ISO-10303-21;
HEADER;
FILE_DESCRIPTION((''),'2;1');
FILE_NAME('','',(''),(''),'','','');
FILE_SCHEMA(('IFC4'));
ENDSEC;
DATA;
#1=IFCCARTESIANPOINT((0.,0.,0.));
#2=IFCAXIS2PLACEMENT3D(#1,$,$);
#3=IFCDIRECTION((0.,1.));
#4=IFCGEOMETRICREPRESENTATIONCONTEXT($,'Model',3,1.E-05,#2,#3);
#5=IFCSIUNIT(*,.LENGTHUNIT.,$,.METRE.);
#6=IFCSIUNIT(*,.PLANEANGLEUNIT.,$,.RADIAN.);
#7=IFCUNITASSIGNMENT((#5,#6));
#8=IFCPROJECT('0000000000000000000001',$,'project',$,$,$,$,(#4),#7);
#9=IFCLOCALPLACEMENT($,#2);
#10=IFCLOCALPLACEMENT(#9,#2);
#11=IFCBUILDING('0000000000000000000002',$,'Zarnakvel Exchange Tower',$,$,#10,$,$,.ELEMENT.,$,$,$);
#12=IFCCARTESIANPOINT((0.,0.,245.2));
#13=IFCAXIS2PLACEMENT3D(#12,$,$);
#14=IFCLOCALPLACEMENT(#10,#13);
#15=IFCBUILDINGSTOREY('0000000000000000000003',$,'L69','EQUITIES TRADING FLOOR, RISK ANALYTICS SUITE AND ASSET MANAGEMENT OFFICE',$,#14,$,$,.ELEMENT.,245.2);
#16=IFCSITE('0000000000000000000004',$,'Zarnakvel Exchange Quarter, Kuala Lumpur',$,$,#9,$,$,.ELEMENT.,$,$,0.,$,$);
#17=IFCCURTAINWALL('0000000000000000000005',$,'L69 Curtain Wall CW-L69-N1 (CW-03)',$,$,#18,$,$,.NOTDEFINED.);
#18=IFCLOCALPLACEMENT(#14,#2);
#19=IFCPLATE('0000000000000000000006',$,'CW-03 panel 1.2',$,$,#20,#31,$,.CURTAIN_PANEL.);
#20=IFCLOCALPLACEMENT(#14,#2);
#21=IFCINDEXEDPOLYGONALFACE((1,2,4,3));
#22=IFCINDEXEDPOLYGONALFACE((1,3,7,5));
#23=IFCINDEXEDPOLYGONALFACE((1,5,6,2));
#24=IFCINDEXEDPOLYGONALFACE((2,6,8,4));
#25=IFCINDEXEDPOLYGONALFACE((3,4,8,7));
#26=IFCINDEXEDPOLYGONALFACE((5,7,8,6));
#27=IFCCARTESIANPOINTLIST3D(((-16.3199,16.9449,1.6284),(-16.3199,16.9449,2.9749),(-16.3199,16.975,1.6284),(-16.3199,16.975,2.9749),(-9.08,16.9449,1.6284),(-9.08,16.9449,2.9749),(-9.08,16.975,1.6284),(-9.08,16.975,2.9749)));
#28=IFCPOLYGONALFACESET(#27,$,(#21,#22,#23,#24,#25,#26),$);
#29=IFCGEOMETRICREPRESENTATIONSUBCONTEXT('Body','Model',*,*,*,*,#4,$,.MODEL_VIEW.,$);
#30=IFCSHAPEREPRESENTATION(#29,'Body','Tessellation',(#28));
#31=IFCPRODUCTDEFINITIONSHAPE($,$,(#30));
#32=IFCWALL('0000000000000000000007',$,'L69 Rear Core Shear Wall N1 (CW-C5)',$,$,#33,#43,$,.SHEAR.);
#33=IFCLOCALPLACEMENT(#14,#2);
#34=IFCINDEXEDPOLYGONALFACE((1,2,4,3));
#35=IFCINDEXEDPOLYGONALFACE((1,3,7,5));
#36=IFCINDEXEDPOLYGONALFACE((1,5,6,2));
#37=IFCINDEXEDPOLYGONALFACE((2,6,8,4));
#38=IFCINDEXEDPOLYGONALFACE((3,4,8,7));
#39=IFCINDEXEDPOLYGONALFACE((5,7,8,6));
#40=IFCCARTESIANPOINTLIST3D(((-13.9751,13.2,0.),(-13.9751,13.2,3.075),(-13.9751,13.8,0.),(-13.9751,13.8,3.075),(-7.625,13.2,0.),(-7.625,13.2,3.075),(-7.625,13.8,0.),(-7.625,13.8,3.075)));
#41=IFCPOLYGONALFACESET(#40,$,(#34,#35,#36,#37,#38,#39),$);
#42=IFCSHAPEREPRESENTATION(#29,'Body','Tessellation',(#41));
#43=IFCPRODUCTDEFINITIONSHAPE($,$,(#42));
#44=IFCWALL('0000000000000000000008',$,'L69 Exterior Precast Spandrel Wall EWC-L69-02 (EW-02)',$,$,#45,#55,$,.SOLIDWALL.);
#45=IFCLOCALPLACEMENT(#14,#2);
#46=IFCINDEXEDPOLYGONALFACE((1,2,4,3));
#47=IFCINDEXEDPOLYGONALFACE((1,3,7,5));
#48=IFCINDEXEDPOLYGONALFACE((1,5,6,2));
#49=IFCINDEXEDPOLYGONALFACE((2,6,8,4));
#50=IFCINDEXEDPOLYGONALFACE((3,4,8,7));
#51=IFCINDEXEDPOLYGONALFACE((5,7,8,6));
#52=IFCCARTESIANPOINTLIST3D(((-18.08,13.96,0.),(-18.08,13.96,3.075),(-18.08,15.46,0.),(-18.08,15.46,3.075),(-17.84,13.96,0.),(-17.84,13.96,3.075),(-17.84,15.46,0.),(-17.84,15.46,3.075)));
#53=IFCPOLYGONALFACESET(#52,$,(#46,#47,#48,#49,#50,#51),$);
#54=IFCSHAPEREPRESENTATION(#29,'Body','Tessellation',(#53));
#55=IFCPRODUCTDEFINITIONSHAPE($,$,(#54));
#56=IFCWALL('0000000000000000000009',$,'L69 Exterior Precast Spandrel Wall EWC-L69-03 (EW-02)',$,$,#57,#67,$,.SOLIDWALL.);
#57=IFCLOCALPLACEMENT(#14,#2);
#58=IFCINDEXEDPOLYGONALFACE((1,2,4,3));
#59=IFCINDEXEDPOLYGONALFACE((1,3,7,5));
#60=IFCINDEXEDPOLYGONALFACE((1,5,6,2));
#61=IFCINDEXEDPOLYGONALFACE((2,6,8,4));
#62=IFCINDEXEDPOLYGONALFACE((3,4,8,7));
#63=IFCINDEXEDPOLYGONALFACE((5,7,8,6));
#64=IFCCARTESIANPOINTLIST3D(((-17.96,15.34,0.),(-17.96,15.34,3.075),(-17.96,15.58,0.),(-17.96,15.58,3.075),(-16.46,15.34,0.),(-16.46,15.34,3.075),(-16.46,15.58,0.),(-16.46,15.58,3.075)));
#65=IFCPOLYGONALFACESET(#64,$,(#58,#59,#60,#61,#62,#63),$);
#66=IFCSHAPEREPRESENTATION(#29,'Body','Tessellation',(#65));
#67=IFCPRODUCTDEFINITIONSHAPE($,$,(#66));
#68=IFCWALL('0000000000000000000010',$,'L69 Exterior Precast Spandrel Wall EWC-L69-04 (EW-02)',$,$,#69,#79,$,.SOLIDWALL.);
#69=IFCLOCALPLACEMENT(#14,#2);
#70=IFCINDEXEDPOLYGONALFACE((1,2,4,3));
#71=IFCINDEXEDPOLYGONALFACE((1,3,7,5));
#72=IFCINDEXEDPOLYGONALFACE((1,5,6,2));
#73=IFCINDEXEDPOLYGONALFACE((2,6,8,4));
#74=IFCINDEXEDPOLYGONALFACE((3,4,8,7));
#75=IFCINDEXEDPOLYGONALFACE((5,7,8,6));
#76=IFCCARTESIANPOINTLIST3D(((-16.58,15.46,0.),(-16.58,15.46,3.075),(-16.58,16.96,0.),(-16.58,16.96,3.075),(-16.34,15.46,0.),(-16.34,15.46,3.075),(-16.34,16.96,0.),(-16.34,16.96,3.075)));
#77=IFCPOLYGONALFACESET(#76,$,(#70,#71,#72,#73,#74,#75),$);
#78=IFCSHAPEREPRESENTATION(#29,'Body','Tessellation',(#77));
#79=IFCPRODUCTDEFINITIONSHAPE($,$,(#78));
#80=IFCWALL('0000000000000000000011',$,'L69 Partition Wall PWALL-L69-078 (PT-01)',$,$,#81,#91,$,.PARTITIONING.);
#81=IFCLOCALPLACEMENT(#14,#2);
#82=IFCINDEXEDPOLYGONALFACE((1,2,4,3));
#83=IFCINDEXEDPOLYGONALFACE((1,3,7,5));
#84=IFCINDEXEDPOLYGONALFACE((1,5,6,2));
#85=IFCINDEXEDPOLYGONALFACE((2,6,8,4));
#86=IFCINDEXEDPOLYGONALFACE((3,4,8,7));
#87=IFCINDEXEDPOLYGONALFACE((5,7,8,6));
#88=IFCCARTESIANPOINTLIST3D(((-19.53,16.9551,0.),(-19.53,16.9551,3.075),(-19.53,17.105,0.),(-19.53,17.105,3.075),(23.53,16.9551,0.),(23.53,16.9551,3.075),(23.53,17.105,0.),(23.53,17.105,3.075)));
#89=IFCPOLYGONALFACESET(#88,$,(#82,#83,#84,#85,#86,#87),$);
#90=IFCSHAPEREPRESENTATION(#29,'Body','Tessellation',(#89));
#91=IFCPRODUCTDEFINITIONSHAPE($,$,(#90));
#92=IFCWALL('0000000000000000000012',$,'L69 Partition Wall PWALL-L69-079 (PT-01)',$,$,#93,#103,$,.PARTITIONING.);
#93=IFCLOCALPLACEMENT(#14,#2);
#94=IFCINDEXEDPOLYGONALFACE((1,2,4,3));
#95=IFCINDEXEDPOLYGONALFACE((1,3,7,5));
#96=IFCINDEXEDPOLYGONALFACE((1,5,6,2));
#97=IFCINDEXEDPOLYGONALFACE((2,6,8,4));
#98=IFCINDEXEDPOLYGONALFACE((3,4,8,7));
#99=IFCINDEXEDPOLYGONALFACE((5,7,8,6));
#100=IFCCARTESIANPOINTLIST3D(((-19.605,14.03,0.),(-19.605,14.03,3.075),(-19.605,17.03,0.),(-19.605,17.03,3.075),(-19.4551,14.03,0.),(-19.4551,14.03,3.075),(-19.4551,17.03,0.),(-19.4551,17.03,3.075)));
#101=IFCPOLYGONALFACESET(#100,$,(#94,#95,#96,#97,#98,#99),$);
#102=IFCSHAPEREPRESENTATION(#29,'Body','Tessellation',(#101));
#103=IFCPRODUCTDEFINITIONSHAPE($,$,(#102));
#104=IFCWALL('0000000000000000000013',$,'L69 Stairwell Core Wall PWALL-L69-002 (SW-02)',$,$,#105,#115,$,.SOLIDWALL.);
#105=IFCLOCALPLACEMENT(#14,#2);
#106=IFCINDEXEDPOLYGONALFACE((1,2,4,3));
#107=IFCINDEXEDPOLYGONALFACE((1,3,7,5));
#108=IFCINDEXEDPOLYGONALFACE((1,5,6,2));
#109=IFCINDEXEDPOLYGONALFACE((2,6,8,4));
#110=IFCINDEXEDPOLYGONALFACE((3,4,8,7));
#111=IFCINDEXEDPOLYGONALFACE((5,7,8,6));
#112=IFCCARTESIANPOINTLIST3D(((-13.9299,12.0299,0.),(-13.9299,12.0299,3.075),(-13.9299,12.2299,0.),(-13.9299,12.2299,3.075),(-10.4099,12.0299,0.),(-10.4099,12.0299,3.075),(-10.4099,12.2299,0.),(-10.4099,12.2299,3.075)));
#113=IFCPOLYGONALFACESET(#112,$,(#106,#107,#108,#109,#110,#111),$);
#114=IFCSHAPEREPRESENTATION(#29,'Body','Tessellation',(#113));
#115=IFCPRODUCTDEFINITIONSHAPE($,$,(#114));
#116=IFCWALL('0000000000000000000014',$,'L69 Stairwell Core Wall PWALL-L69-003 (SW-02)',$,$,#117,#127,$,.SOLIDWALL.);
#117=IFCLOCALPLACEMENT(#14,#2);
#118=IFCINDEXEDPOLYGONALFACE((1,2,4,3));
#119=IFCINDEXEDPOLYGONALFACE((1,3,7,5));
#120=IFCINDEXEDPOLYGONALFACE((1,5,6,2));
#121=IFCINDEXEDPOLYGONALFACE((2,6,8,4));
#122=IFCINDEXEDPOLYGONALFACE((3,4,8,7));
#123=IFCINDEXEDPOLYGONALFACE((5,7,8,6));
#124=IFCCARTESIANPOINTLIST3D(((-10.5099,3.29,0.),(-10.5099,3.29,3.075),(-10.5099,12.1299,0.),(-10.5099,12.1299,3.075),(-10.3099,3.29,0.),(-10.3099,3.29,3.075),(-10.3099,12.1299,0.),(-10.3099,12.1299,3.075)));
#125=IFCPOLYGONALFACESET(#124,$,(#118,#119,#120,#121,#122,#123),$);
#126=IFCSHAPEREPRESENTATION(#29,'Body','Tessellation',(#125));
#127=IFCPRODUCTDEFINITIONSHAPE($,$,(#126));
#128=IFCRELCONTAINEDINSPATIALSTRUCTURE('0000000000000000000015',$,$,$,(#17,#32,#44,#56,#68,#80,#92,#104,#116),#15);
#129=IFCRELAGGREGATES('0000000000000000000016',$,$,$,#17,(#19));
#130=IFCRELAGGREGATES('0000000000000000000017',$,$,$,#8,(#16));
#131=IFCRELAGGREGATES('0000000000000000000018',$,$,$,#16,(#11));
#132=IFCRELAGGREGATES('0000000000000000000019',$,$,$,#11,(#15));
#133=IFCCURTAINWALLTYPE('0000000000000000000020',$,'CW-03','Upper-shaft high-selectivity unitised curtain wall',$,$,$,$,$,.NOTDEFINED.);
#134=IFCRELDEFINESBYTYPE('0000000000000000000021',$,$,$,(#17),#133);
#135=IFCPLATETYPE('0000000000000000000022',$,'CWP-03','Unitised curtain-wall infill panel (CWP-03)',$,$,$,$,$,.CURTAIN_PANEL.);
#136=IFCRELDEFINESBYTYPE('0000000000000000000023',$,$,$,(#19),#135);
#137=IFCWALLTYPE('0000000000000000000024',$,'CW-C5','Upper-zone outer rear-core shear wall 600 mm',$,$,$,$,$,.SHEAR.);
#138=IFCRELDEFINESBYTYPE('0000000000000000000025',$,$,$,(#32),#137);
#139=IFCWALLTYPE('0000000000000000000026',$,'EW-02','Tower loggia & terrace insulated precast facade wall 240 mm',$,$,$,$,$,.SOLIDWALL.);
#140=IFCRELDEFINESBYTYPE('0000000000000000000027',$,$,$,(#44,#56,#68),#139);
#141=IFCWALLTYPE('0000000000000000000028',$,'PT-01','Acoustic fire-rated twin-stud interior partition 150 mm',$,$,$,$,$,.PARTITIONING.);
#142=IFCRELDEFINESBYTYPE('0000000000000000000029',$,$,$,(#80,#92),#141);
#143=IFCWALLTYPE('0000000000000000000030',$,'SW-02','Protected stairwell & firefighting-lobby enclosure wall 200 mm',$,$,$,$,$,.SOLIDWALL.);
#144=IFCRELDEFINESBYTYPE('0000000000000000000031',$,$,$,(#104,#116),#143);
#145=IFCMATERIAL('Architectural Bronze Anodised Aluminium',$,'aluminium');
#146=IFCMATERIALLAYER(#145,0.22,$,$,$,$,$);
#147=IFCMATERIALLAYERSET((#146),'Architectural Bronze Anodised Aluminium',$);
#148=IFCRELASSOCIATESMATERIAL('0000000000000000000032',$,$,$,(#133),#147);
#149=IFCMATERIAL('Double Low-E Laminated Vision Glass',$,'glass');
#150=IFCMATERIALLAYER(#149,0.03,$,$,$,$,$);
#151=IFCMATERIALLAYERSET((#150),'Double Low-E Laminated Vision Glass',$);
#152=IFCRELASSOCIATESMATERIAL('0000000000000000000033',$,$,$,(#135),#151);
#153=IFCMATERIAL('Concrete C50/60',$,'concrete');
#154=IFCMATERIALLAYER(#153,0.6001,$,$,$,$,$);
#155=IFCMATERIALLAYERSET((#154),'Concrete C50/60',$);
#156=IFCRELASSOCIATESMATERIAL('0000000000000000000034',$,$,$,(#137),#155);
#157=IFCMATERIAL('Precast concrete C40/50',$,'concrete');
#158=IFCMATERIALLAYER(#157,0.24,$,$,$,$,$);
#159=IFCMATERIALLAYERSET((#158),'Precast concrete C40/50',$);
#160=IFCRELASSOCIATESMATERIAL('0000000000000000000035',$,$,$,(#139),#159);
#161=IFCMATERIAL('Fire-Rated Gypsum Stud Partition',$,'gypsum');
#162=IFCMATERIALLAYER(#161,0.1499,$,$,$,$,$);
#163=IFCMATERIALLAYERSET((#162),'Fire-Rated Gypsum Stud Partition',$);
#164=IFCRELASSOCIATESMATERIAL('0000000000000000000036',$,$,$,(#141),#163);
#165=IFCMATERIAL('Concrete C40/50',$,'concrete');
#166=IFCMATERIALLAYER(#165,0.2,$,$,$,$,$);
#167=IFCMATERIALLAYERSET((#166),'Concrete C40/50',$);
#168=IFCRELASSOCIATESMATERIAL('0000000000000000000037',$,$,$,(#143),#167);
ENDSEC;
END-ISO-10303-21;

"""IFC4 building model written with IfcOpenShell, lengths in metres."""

from ifc_helpers import new_model, si_unit, direction, frame, frame_2d, origin, origin_2d, place, context, subcontext, project, spatial, rectangle, extrude, source, transform, mapped, material, layer, layer_set, type_object, element, aggregate, save


model = new_model("IFC4")

# Units and contexts
model_context = context("Model", 3, precision=1e-05, world=origin(), true_north=direction((0.0, 1.0)))
body_context = subcontext(model_context, "Body", "Model", "MODEL_VIEW")
ifc_project = project(units=[si_unit("LENGTHUNIT", "METRE"), si_unit("PLANEANGLEUNIT", "RADIAN")], contexts=[model_context])

# Site, building, storey
site_placement = place(None, origin())
site = spatial("IfcSite", under=ifc_project, at=site_placement, Name="Zarnakvel Exchange Quarter, Kuala Lumpur", CompositionType="ELEMENT", RefElevation=0.0)
building_placement = place(site_placement, origin())
building = spatial("IfcBuilding", under=site, at=building_placement, Name="Zarnakvel Exchange Tower", CompositionType="ELEMENT")
storey_placement = place(building_placement, frame((0.0, 0.0, 245.2)))
storey = spatial("IfcBuildingStorey", under=building, at=storey_placement, Name="L69", Description="EQUITIES TRADING FLOOR, RISK ANALYTICS SUITE AND ASSET MANAGEMENT OFFICE", CompositionType="ELEMENT", Elevation=245.2)

# Shared definitions
ifc_material_1 = material(Name="Concrete C50/60", Category="concrete")

# Shared definitions
ifc_material_2 = material(Name="Architectural Bronze Anodised Aluminium", Category="aluminium")

# Curtain wall
ifc_layer_1 = layer(ifc_material_2, 0.22)
ifc_layer_set_1 = layer_set([ifc_layer_1], Name="Architectural Bronze Anodised Aluminium")
curtain_wall_type_1 = type_object("IfcCurtainWallType", Name="CW-03", Description="Upper-shaft high-selectivity unitised curtain wall", PredefinedType="NOTDEFINED", material=ifc_layer_set_1)
curtain_wall_1_placement = place(storey_placement, origin())
curtain_wall_1 = element("IfcCurtainWall", 1, at=curtain_wall_1_placement, inside=storey, type_object=curtain_wall_type_1, Name="L69 Curtain Wall CW-L69-N1 (CW-03)", PredefinedType="NOTDEFINED")

# Plate
ifc_material_3 = material(Name="Double Low-E Laminated Vision Glass", Category="glass")
ifc_layer_2 = layer(ifc_material_3, 0.03)
ifc_layer_set_2 = layer_set([ifc_layer_2], Name="Double Low-E Laminated Vision Glass")
plate_type_1 = type_object("IfcPlateType", Name="CWP-03", Description="Unitised curtain-wall infill panel (CWP-03)", PredefinedType="CURTAIN_PANEL", material=ifc_layer_set_2)
shared_shape_1 = source(origin(), body_context, "Body", "SweptSolid", [
    extrude(rectangle(XDim=7.24, YDim=0.03, at=origin_2d()), origin(), (0.0, 0.0, 1.0), 1.3464),
])
plate_1_placement = place(storey_placement, frame((-12.7, 16.96, 1.6284), z_axis=(0.0, 0.0, 1.0), x_axis=(1.0, 0.0, 0.0)))
plate_1 = element("IfcPlate", 2, at=plate_1_placement, type_object=plate_type_1, Name="CW-03 panel 1.2", PredefinedType="CURTAIN_PANEL", context=body_context, shape_type="MappedRepresentation", body=[
    mapped(shared_shape_1, transform((0.0, 0.0, 0.0), x_axis=(1.0, 0.0, 0.0), y_axis=(0.0, 1.0, 0.0), z_axis=(0.0, 0.0, 1.0), scale=1.0)),
])
aggregate(curtain_wall_1, [plate_1])

# Walls
ifc_layer_3 = layer(ifc_material_1, 0.6001)
ifc_layer_set_3 = layer_set([ifc_layer_3], Name="Concrete C50/60")
wall_type_1 = type_object("IfcWallType", Name="CW-C5", Description="Upper-zone outer rear-core shear wall 600 mm", PredefinedType="SHEAR", material=ifc_layer_set_3)
wall_1_placement = place(storey_placement, frame((-13.9751, 13.5, 0.0), z_axis=(0.0, 0.0, 1.0), x_axis=(1.0, 0.0, 0.0)))
element("IfcWall", 3, at=wall_1_placement, inside=storey, type_object=wall_type_1, Name="L69 Rear Core Shear Wall N1 (CW-C5)", PredefinedType="SHEAR", context=body_context, shape_type="SweptSolid", body=[
    extrude(rectangle(XDim=6.3501, YDim=0.6001, at=frame_2d((3.175, 0.0))), origin(), (0.0, 0.0, 1.0), 3.075),
])
ifc_material_4 = material(Name="Precast concrete C40/50", Category="concrete")
ifc_layer_4 = layer(ifc_material_4, 0.24)
ifc_layer_set_4 = layer_set([ifc_layer_4], Name="Precast concrete C40/50")
wall_type_2 = type_object("IfcWallType", Name="EW-02", Description="Tower loggia & terrace insulated precast facade wall 240 mm", PredefinedType="SOLIDWALL", material=ifc_layer_set_4)
for number, where, z_axis, x_axis, name in (
    (4, (-17.96, 15.46, 0.0), (0.0, 0.0, 1.0), (0.0, -1.0, 0.0), "L69 Exterior Precast Spandrel Wall EWC-L69-02 (EW-02)"),
    (5, (-16.46, 15.46, 0.0), (0.0, 0.0, 1.0), (-1.0, 0.0, 0.0), "L69 Exterior Precast Spandrel Wall EWC-L69-03 (EW-02)"),
    (6, (-16.46, 16.96, 0.0), (0.0, 0.0, 1.0), (0.0, -1.0, 0.0), "L69 Exterior Precast Spandrel Wall EWC-L69-04 (EW-02)"),
):
    element("IfcWall", number, at=place(storey_placement, frame(where, z_axis=z_axis, x_axis=x_axis)), inside=storey, type_object=wall_type_2, Name=name, PredefinedType="SOLIDWALL", context=body_context, shape_type="SweptSolid", body=[
        extrude(rectangle(XDim=1.5, YDim=0.24, at=frame_2d((0.75, 0.0))), origin(), (0.0, 0.0, 1.0), 3.075),
    ])

# Shared definitions
ifc_material_5 = material(Name="Fire-Rated Gypsum Stud Partition", Category="gypsum")
ifc_layer_5 = layer(ifc_material_5, 0.1499)
ifc_layer_set_5 = layer_set([ifc_layer_5], Name="Fire-Rated Gypsum Stud Partition")
wall_type_3 = type_object("IfcWallType", Name="PT-01", Description="Acoustic fire-rated twin-stud interior partition 150 mm", PredefinedType="PARTITIONING", material=ifc_layer_set_5)

# Walls
wall_2_placement = place(storey_placement, frame((-19.53, 17.03, 0.0), z_axis=(0.0, 0.0, 1.0), x_axis=(1.0, 0.0, 0.0)))
element("IfcWall", 7, at=wall_2_placement, inside=storey, type_object=wall_type_3, Name="L69 Partition Wall PWALL-L69-078 (PT-01)", PredefinedType="PARTITIONING", context=body_context, shape_type="SweptSolid", body=[
    extrude(rectangle(XDim=43.0601, YDim=0.1499, at=frame_2d((21.53, 0.0))), origin(), (0.0, 0.0, 1.0), 3.075),
])
wall_3_placement = place(storey_placement, frame((-19.53, 14.03, 0.0), z_axis=(0.0, 0.0, 1.0), x_axis=(0.0, 1.0, 0.0)))
element("IfcWall", 8, at=wall_3_placement, inside=storey, type_object=wall_type_3, Name="L69 Partition Wall PWALL-L69-079 (PT-01)", PredefinedType="PARTITIONING", context=body_context, shape_type="SweptSolid", body=[
    extrude(rectangle(XDim=3.0, YDim=0.1499, at=frame_2d((1.5, 0.0))), origin(), (0.0, 0.0, 1.0), 3.075),
])
ifc_material_6 = material(Name="Concrete C40/50", Category="concrete")
ifc_layer_6 = layer(ifc_material_6, 0.2)
ifc_layer_set_6 = layer_set([ifc_layer_6], Name="Concrete C40/50")
wall_type_4 = type_object("IfcWallType", Name="SW-02", Description="Protected stairwell & firefighting-lobby enclosure wall 200 mm", PredefinedType="SOLIDWALL", material=ifc_layer_set_6)
wall_4_placement = place(storey_placement, frame((-13.9299, 12.1299, 0.0), z_axis=(0.0, 0.0, 1.0), x_axis=(1.0, 0.0, 0.0)))
element("IfcWall", 9, at=wall_4_placement, inside=storey, type_object=wall_type_4, Name="L69 Stairwell Core Wall PWALL-L69-002 (SW-02)", PredefinedType="SOLIDWALL", context=body_context, shape_type="SweptSolid", body=[
    extrude(rectangle(XDim=3.52, YDim=0.2, at=frame_2d((1.76, 0.0))), origin(), (0.0, 0.0, 1.0), 3.075),
])
wall_5_placement = place(storey_placement, frame((-10.4099, 12.1299, 0.0), z_axis=(0.0, 0.0, 1.0), x_axis=(0.0, -1.0, 0.0)))
element("IfcWall", 10, at=wall_5_placement, inside=storey, type_object=wall_type_4, Name="L69 Stairwell Core Wall PWALL-L69-003 (SW-02)", PredefinedType="SOLIDWALL", context=body_context, shape_type="SweptSolid", body=[
    extrude(rectangle(XDim=8.8398, YDim=0.2, at=frame_2d((4.4199, 0.0))), origin(), (0.0, 0.0, 1.0), 3.075),
])

save(model, "model.ifc")
